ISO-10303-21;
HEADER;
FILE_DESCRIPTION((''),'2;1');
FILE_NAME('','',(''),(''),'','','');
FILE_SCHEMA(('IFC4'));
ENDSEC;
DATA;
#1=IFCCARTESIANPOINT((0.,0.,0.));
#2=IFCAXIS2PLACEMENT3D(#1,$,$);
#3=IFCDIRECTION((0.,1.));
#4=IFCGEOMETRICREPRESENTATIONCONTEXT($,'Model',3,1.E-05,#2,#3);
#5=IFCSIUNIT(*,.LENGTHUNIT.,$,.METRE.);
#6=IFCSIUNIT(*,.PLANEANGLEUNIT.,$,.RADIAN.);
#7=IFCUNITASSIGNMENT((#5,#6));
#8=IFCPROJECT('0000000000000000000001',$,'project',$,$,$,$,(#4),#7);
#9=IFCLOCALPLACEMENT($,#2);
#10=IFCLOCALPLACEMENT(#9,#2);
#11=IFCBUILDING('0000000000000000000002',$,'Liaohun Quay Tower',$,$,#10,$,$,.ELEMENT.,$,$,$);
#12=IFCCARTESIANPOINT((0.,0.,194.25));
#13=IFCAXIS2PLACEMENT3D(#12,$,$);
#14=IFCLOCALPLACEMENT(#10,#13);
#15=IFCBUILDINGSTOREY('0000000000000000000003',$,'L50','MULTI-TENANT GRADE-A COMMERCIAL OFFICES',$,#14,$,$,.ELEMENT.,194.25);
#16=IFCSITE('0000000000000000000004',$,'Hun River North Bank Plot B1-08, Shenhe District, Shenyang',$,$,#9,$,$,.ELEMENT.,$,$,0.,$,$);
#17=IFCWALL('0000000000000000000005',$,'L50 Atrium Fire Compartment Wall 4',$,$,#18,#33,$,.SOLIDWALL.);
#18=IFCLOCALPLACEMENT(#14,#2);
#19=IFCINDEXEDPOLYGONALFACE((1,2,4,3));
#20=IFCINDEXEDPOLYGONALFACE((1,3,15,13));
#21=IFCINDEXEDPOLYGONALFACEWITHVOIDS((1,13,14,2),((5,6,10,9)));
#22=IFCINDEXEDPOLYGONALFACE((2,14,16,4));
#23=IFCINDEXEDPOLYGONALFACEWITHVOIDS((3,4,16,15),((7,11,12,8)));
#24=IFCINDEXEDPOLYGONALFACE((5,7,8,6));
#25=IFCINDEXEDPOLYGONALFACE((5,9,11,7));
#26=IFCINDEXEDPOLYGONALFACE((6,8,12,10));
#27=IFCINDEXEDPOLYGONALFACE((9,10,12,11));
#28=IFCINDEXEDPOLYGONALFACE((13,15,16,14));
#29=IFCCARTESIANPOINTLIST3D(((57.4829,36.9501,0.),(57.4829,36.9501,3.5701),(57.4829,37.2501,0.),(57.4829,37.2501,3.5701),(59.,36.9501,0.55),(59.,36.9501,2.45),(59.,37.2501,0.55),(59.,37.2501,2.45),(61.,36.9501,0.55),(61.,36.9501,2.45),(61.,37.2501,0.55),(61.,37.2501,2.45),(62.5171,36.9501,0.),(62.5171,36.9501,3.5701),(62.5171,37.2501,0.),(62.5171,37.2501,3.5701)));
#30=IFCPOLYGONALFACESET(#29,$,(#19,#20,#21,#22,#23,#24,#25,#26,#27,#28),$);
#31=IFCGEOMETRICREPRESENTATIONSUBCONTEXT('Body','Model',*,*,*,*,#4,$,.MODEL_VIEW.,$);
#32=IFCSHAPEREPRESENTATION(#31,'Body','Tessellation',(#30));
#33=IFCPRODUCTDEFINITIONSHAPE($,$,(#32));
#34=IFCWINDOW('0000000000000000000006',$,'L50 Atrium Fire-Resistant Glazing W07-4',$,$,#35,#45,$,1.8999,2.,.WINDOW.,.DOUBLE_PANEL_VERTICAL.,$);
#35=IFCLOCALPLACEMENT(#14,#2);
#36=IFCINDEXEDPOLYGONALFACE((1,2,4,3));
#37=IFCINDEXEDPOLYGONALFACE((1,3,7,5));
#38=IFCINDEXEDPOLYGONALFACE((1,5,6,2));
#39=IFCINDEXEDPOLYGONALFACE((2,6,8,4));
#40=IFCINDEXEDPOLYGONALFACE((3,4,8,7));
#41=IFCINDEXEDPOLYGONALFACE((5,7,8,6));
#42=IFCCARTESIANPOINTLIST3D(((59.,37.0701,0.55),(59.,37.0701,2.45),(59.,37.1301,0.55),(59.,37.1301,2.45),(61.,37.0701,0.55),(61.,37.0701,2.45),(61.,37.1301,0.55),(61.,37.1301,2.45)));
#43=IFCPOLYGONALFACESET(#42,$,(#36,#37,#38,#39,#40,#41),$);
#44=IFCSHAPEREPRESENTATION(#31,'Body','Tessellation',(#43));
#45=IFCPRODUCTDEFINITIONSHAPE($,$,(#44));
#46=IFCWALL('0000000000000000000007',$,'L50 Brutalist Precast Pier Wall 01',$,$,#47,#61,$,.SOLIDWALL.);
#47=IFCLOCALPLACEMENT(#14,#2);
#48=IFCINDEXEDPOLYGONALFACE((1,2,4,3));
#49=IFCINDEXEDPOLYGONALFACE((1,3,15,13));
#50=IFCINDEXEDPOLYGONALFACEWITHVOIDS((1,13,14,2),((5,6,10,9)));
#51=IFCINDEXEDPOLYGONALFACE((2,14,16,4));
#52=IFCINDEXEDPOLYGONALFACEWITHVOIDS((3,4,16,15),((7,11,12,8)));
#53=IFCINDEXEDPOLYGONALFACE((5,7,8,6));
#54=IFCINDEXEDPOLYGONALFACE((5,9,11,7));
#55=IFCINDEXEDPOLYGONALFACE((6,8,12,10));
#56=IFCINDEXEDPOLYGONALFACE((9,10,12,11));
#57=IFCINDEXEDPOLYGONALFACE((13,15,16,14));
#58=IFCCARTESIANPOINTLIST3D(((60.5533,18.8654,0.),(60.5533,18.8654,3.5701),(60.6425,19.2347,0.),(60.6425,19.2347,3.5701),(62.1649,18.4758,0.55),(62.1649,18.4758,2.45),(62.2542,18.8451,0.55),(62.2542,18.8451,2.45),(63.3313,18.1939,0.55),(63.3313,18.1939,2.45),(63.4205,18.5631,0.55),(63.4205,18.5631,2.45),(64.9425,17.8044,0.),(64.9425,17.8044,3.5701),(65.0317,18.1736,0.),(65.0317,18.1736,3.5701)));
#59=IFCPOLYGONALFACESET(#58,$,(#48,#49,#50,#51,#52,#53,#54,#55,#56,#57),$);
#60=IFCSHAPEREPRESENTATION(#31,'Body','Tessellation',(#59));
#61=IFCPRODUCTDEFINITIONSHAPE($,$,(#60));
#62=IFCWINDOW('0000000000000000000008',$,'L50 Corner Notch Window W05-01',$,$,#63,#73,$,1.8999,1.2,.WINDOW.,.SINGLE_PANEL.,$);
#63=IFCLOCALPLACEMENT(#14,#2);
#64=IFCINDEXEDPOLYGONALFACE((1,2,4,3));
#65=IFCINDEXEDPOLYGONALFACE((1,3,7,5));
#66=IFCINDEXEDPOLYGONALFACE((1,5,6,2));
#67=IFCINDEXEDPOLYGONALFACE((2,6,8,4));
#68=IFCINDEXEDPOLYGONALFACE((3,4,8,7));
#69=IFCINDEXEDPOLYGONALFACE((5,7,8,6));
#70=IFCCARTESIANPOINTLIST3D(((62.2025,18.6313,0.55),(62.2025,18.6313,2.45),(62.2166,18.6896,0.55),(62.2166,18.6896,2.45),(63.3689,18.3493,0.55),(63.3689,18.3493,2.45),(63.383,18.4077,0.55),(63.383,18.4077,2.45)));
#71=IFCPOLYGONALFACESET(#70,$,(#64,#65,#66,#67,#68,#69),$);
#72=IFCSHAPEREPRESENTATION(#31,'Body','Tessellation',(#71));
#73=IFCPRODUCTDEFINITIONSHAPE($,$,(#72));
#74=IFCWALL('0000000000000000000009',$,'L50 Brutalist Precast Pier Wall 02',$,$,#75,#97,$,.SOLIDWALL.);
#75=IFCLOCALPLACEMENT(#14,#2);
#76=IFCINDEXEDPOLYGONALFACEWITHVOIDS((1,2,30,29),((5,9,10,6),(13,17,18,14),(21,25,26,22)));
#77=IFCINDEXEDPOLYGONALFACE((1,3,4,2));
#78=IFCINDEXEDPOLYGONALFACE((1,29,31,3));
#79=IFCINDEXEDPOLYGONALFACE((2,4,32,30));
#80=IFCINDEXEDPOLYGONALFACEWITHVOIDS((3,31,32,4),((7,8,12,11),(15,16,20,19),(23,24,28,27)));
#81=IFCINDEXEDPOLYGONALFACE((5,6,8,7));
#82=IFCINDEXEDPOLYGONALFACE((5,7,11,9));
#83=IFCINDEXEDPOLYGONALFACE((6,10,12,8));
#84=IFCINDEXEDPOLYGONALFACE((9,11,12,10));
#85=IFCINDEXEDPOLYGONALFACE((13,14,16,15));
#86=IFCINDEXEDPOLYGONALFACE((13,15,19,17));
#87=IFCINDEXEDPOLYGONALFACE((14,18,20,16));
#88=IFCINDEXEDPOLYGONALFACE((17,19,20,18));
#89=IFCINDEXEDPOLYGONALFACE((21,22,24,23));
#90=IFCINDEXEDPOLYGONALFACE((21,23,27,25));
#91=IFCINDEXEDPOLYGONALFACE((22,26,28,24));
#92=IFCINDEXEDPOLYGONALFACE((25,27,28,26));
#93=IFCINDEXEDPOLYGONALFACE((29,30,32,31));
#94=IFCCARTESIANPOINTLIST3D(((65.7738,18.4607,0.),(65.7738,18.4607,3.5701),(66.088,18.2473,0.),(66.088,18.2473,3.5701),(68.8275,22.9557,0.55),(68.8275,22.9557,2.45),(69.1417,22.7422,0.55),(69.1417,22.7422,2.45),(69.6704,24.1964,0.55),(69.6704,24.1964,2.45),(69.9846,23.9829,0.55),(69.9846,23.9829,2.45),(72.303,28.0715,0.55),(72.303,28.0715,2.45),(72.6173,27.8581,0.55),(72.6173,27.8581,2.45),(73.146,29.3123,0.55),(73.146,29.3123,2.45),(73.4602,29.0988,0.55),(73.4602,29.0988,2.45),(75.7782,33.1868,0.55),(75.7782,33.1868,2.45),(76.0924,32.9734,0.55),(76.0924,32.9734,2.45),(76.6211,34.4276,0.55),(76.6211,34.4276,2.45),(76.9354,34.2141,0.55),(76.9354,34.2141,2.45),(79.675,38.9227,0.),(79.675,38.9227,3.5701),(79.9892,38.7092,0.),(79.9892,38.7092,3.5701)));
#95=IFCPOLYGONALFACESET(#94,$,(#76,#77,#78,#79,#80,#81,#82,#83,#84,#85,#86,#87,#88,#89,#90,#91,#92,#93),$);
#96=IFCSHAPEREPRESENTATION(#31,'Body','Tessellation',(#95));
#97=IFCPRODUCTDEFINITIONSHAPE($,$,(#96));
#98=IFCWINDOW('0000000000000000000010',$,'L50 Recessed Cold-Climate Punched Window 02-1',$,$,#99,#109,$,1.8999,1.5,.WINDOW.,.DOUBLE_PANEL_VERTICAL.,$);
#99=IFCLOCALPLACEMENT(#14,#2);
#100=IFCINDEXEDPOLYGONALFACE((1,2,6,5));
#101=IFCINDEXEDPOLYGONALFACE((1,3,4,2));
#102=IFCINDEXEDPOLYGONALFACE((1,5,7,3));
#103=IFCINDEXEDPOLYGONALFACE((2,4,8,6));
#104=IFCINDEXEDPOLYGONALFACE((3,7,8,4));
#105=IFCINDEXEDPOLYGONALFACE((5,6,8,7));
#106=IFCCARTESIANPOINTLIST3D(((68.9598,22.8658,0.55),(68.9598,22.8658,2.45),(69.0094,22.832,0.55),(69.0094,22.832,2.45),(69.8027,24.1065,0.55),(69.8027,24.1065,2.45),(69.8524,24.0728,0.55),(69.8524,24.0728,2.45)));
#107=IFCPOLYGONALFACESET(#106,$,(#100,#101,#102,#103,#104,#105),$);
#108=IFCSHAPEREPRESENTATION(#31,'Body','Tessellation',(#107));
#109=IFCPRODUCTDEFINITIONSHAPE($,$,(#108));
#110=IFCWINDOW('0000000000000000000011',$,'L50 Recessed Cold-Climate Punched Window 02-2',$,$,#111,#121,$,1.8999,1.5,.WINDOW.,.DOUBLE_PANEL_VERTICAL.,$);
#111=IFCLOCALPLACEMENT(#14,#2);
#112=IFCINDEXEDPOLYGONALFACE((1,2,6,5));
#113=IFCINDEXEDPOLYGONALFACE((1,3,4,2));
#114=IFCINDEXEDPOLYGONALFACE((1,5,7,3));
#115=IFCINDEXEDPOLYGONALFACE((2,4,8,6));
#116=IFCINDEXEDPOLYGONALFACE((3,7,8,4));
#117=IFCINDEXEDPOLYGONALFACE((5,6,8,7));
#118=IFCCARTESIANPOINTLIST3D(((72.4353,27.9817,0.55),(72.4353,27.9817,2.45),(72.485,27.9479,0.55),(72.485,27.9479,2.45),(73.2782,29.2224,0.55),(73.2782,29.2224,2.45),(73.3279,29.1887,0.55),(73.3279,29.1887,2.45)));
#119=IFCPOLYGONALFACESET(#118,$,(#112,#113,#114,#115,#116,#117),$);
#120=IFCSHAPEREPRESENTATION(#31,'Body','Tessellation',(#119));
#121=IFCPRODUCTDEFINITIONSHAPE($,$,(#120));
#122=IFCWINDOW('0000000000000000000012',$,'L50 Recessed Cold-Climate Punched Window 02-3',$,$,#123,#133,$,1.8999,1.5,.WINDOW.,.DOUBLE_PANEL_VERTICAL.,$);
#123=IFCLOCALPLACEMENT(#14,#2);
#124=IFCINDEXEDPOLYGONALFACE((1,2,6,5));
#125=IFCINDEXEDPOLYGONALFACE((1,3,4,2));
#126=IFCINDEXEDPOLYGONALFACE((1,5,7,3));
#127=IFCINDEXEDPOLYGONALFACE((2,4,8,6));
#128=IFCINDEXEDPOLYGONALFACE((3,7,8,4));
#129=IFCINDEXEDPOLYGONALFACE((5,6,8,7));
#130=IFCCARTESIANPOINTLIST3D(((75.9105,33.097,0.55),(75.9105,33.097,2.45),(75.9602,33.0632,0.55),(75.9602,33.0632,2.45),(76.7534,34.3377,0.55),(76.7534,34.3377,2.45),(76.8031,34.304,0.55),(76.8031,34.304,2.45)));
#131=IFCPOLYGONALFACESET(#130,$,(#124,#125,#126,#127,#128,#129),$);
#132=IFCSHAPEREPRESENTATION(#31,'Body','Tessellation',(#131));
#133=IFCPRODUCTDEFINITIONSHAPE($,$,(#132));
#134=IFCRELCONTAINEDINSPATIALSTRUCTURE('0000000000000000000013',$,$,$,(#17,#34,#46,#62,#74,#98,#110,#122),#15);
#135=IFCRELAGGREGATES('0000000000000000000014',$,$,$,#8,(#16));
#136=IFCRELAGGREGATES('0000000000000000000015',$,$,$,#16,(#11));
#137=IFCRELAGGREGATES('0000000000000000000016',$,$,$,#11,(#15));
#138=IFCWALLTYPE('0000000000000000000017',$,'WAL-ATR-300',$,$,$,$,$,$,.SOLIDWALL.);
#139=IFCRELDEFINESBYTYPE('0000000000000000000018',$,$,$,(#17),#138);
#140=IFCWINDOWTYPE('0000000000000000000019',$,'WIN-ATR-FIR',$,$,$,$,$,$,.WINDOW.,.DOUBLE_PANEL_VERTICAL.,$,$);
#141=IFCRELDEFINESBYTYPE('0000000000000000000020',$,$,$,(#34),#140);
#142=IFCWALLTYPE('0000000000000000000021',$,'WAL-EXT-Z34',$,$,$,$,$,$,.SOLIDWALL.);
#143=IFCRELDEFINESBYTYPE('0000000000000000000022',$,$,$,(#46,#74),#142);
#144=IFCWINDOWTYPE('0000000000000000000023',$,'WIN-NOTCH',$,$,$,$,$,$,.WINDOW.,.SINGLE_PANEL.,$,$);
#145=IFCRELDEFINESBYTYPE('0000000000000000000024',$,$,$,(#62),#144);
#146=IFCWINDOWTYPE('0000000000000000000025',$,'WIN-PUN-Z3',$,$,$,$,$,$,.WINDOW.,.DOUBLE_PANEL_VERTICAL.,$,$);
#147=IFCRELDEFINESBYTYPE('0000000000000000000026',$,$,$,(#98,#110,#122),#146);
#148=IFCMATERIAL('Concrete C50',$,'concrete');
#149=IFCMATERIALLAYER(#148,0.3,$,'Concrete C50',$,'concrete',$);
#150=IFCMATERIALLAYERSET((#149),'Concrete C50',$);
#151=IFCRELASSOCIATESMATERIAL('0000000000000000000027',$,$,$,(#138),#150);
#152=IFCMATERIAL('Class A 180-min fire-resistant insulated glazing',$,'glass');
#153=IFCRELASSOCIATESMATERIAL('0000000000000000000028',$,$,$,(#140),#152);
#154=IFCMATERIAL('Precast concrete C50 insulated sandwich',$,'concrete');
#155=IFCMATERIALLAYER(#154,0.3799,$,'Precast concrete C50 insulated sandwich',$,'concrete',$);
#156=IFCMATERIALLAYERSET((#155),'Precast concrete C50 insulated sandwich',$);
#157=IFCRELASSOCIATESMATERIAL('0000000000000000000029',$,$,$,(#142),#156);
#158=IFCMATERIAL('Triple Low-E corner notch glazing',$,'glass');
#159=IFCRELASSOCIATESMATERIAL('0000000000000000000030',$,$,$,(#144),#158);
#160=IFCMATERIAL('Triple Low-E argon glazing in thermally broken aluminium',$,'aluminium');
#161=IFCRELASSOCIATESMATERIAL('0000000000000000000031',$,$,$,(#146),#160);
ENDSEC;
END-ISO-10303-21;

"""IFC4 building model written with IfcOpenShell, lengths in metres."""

from ifc_helpers import new_model, si_unit, direction, frame, frame_2d, origin, place, context, subcontext, project, spatial, rectangle, extrude, source, transform, mapped, material, layer, layer_set, type_object, element, fill, save


model = new_model("IFC4")

# Units and contexts
model_context = context("Model", 3, precision=1e-05, world=origin(), true_north=direction((0.0, 1.0)))
body_context = subcontext(model_context, "Body", "Model", "MODEL_VIEW")
ifc_project = project(units=[si_unit("LENGTHUNIT", "METRE"), si_unit("PLANEANGLEUNIT", "RADIAN")], contexts=[model_context])

# Site, building, storey
site_placement = place(None, origin())
site = spatial("IfcSite", under=ifc_project, at=site_placement, Name="Hun River North Bank Plot B1-08, Shenhe District, Shenyang", CompositionType="ELEMENT", RefElevation=0.0)
building_placement = place(site_placement, origin())
building = spatial("IfcBuilding", under=site, at=building_placement, Name="Liaohun Quay Tower", CompositionType="ELEMENT")
storey_placement = place(building_placement, frame((0.0, 0.0, 194.25)))
storey = spatial("IfcBuildingStorey", under=building, at=storey_placement, Name="L50", Description="MULTI-TENANT GRADE-A COMMERCIAL OFFICES", CompositionType="ELEMENT", Elevation=194.25)

# Walls, openings, windows
ifc_material_1 = material(Name="Concrete C50", Category="concrete")
ifc_layer_1 = layer(ifc_material_1, 0.3, Name="Concrete C50", Category="concrete")
ifc_layer_set_1 = layer_set([ifc_layer_1], Name="Concrete C50")
wall_type_1 = type_object("IfcWallType", Name="WAL-ATR-300", PredefinedType="SOLIDWALL", material=ifc_layer_set_1)
shared_shape_1 = source(origin(), body_context, "Body", "SweptSolid", [
    extrude(rectangle(XDim=2.0, YDim=1.8999, at=frame_2d((1.0, 0.95))), frame((0.0, 0.1599, 0.0), z_axis=(0.0, -1.0, 0.0), x_axis=(1.0, 0.0, 0.0)), (0.0, 0.0, 1.0), 0.3201),
])
ifc_material_2 = material(Name="Class A 180-min fire-resistant insulated glazing", Category="glass")
window_type_1 = type_object("IfcWindowType", Name="WIN-ATR-FIR", PartitioningType="DOUBLE_PANEL_VERTICAL", PredefinedType="WINDOW", material=ifc_material_2)
shared_shape_2 = source(origin(), body_context, "Body", "SweptSolid", [
    extrude(rectangle(XDim=2.0, YDim=1.8999, at=frame_2d((1.0, 0.95))), frame((0.0, 0.03, 0.0), z_axis=(0.0, -1.0, 0.0), x_axis=(1.0, 0.0, 0.0)), (0.0, 0.0, 1.0), 0.0601),
])
wall_1_placement = place(storey_placement, frame((62.5171, 37.1001, 0.0), z_axis=(0.0, 0.0, 1.0), x_axis=(-1.0, 0.0, 0.0)))
wall_1 = element("IfcWall", 1, at=wall_1_placement, inside=storey, type_object=wall_type_1, Name="L50 Atrium Fire Compartment Wall 4", PredefinedType="SOLIDWALL", context=body_context, shape_type="SweptSolid", body=[
    extrude(rectangle(XDim=5.0342, YDim=0.3, at=frame_2d((2.5171, 0.0))), origin(), (0.0, 0.0, 1.0), 3.5701),
])
opening_1_placement = place(wall_1_placement, frame((1.5171, 0.0, 0.55)))
opening_1 = element("IfcOpeningElement", 2, at=opening_1_placement, cuts=wall_1, PredefinedType="OPENING", context=body_context, shape_type="MappedRepresentation", body=[
    mapped(shared_shape_1, transform((0.0, 0.0, 0.0), x_axis=(1.0, 0.0, 0.0), y_axis=(0.0, 1.0, 0.0), z_axis=(0.0, 0.0, 1.0), scale=1.0)),
])
window_1_placement = place(opening_1_placement, origin())
window_1 = element("IfcWindow", 3, at=window_1_placement, inside=storey, type_object=window_type_1, Name="L50 Atrium Fire-Resistant Glazing W07-4", OverallHeight=1.8999, OverallWidth=2.0, PartitioningType="DOUBLE_PANEL_VERTICAL", PredefinedType="WINDOW", context=body_context, shape_type="MappedRepresentation", body=[
    mapped(shared_shape_2, transform((0.0, 0.0, 0.0), x_axis=(1.0, 0.0, 0.0), y_axis=(0.0, 1.0, 0.0), z_axis=(0.0, 0.0, 1.0), scale=1.0)),
])
fill(opening_1, window_1)
ifc_material_3 = material(Name="Precast concrete C50 insulated sandwich", Category="concrete")
ifc_layer_2 = layer(ifc_material_3, 0.3799, Name="Precast concrete C50 insulated sandwich", Category="concrete")
ifc_layer_set_2 = layer_set([ifc_layer_2], Name="Precast concrete C50 insulated sandwich")
wall_type_2 = type_object("IfcWallType", Name="WAL-EXT-Z34", PredefinedType="SOLIDWALL", material=ifc_layer_set_2)
wall_2_placement = place(storey_placement, frame((60.5979, 19.05, 0.0), z_axis=(0.0, 0.0, 1.0), x_axis=(0.972002, -0.234972, 0.0)))
wall_2 = element("IfcWall", 4, at=wall_2_placement, inside=storey, type_object=wall_type_2, Name="L50 Brutalist Precast Pier Wall 01", PredefinedType="SOLIDWALL", context=body_context, shape_type="SweptSolid", body=[
    extrude(rectangle(XDim=4.5156, YDim=0.3799, at=frame_2d((2.2578, 0.0))), origin(), (0.0, 0.0, 1.0), 3.5701),
])
shared_shape_3 = source(origin(), body_context, "Body", "SweptSolid", [
    extrude(rectangle(XDim=1.2, YDim=1.8999, at=frame_2d((0.6001, 0.95))), frame((0.0, 0.2, 0.0), z_axis=(0.0, -1.0, 0.0), x_axis=(1.0, 0.0, 0.0)), (0.0, 0.0, 1.0), 0.3999),
])
opening_2_placement = place(wall_2_placement, frame((1.658, 0.0, 0.55)))
opening_2 = element("IfcOpeningElement", 5, at=opening_2_placement, cuts=wall_2, PredefinedType="OPENING", context=body_context, shape_type="MappedRepresentation", body=[
    mapped(shared_shape_3, transform((0.0, 0.0, 0.0), x_axis=(1.0, 0.0, 0.0), y_axis=(0.0, 1.0, 0.0), z_axis=(0.0, 0.0, 1.0), scale=1.0)),
])
ifc_material_4 = material(Name="Triple Low-E corner notch glazing", Category="glass")
window_type_2 = type_object("IfcWindowType", Name="WIN-NOTCH", PartitioningType="SINGLE_PANEL", PredefinedType="WINDOW", material=ifc_material_4)
shared_shape_4 = source(origin(), body_context, "Body", "SweptSolid", [
    extrude(rectangle(XDim=1.2, YDim=1.8999, at=frame_2d((0.6001, 0.95))), frame((0.0, 0.03, 0.0), z_axis=(0.0, -1.0, 0.0), x_axis=(1.0, 0.0, 0.0)), (0.0, 0.0, 1.0), 0.0601),
])
window_2_placement = place(opening_2_placement, origin())
window_2 = element("IfcWindow", 6, at=window_2_placement, inside=storey, type_object=window_type_2, Name="L50 Corner Notch Window W05-01", OverallHeight=1.8999, OverallWidth=1.2, PartitioningType="SINGLE_PANEL", PredefinedType="WINDOW", context=body_context, shape_type="MappedRepresentation", body=[
    mapped(shared_shape_4, transform((0.0, 0.0, 0.0), x_axis=(1.0, 0.0, 0.0), y_axis=(0.0, 1.0, 0.0), z_axis=(0.0, 0.0, 1.0), scale=1.0)),
])
fill(opening_2, window_2)

# Wall, openings, windows
wall_3_placement = place(storey_placement, frame((65.9309, 18.354, 0.0), z_axis=(0.0, 0.0, 1.0), x_axis=(0.561951, 0.82717, 0.0)))
wall_3 = element("IfcWall", 7, at=wall_3_placement, inside=storey, type_object=wall_type_2, Name="L50 Brutalist Precast Pier Wall 02", PredefinedType="SOLIDWALL", context=body_context, shape_type="SweptSolid", body=[
    extrude(rectangle(XDim=24.7373, YDim=0.3799, at=frame_2d((12.3687, 0.0))), origin(), (0.0, 0.0, 1.0), 3.5701),
])
shared_shape_5 = source(origin(), body_context, "Body", "SweptSolid", [
    extrude(rectangle(XDim=1.5, YDim=1.8999, at=frame_2d((0.75, 0.95))), frame((0.0, 0.2, 0.0), z_axis=(0.0, -1.0, 0.0), x_axis=(1.0, 0.0, 0.0)), (0.0, 0.0, 1.0), 0.3999),
])
opening_3_placement = place(wall_3_placement, frame((5.4341, 0.0, 0.55)))
opening_3 = element("IfcOpeningElement", 8, at=opening_3_placement, cuts=wall_3, PredefinedType="OPENING", context=body_context, shape_type="MappedRepresentation", body=[
    mapped(shared_shape_5, transform((0.0, 0.0, 0.0), x_axis=(1.0, 0.0, 0.0), y_axis=(0.0, 1.0, 0.0), z_axis=(0.0, 0.0, 1.0), scale=1.0)),
])
opening_4_placement = place(wall_3_placement, frame((11.6189, 0.0, 0.55)))
opening_4 = element("IfcOpeningElement", 9, at=opening_4_placement, cuts=wall_3, PredefinedType="OPENING", context=body_context, shape_type="MappedRepresentation", body=[
    mapped(shared_shape_5, transform((0.0, 0.0, 0.0), x_axis=(1.0, 0.0, 0.0), y_axis=(0.0, 1.0, 0.0), z_axis=(0.0, 0.0, 1.0), scale=1.0)),
])
opening_5_placement = place(wall_3_placement, frame((17.803, 0.0, 0.55)))
opening_5 = element("IfcOpeningElement", 10, at=opening_5_placement, cuts=wall_3, PredefinedType="OPENING", context=body_context, shape_type="MappedRepresentation", body=[
    mapped(shared_shape_5, transform((0.0, 0.0, 0.0), x_axis=(1.0, 0.0, 0.0), y_axis=(0.0, 1.0, 0.0), z_axis=(0.0, 0.0, 1.0), scale=1.0)),
])
ifc_material_5 = material(Name="Triple Low-E argon glazing in thermally broken aluminium", Category="aluminium")
window_type_3 = type_object("IfcWindowType", Name="WIN-PUN-Z3", PartitioningType="DOUBLE_PANEL_VERTICAL", PredefinedType="WINDOW", material=ifc_material_5)
shared_shape_6 = source(origin(), body_context, "Body", "SweptSolid", [
    extrude(rectangle(XDim=1.5, YDim=1.8999, at=frame_2d((0.75, 0.95))), frame((0.0, 0.03, 0.0), z_axis=(0.0, -1.0, 0.0), x_axis=(1.0, 0.0, 0.0)), (0.0, 0.0, 1.0), 0.0601),
])
window_3_placement = place(opening_3_placement, origin())
window_3 = element("IfcWindow", 11, at=window_3_placement, inside=storey, type_object=window_type_3, Name="L50 Recessed Cold-Climate Punched Window 02-1", OverallHeight=1.8999, OverallWidth=1.5, PartitioningType="DOUBLE_PANEL_VERTICAL", PredefinedType="WINDOW", context=body_context, shape_type="MappedRepresentation", body=[
    mapped(shared_shape_6, transform((0.0, 0.0, 0.0), x_axis=(1.0, 0.0, 0.0), y_axis=(0.0, 1.0, 0.0), z_axis=(0.0, 0.0, 1.0), scale=1.0)),
])
fill(opening_3, window_3)
window_4_placement = place(opening_4_placement, origin())
window_4 = element("IfcWindow", 12, at=window_4_placement, inside=storey, type_object=window_type_3, Name="L50 Recessed Cold-Climate Punched Window 02-2", OverallHeight=1.8999, OverallWidth=1.5, PartitioningType="DOUBLE_PANEL_VERTICAL", PredefinedType="WINDOW", context=body_context, shape_type="MappedRepresentation", body=[
    mapped(shared_shape_6, transform((0.0, 0.0, 0.0), x_axis=(1.0, 0.0, 0.0), y_axis=(0.0, 1.0, 0.0), z_axis=(0.0, 0.0, 1.0), scale=1.0)),
])
fill(opening_4, window_4)
window_5_placement = place(opening_5_placement, origin())
window_5 = element("IfcWindow", 13, at=window_5_placement, inside=storey, type_object=window_type_3, Name="L50 Recessed Cold-Climate Punched Window 02-3", OverallHeight=1.8999, OverallWidth=1.5, PartitioningType="DOUBLE_PANEL_VERTICAL", PredefinedType="WINDOW", context=body_context, shape_type="MappedRepresentation", body=[
    mapped(shared_shape_6, transform((0.0, 0.0, 0.0), x_axis=(1.0, 0.0, 0.0), y_axis=(0.0, 1.0, 0.0), z_axis=(0.0, 0.0, 1.0), scale=1.0)),
])
fill(opening_5, window_5)

save(model, "model.ifc")
